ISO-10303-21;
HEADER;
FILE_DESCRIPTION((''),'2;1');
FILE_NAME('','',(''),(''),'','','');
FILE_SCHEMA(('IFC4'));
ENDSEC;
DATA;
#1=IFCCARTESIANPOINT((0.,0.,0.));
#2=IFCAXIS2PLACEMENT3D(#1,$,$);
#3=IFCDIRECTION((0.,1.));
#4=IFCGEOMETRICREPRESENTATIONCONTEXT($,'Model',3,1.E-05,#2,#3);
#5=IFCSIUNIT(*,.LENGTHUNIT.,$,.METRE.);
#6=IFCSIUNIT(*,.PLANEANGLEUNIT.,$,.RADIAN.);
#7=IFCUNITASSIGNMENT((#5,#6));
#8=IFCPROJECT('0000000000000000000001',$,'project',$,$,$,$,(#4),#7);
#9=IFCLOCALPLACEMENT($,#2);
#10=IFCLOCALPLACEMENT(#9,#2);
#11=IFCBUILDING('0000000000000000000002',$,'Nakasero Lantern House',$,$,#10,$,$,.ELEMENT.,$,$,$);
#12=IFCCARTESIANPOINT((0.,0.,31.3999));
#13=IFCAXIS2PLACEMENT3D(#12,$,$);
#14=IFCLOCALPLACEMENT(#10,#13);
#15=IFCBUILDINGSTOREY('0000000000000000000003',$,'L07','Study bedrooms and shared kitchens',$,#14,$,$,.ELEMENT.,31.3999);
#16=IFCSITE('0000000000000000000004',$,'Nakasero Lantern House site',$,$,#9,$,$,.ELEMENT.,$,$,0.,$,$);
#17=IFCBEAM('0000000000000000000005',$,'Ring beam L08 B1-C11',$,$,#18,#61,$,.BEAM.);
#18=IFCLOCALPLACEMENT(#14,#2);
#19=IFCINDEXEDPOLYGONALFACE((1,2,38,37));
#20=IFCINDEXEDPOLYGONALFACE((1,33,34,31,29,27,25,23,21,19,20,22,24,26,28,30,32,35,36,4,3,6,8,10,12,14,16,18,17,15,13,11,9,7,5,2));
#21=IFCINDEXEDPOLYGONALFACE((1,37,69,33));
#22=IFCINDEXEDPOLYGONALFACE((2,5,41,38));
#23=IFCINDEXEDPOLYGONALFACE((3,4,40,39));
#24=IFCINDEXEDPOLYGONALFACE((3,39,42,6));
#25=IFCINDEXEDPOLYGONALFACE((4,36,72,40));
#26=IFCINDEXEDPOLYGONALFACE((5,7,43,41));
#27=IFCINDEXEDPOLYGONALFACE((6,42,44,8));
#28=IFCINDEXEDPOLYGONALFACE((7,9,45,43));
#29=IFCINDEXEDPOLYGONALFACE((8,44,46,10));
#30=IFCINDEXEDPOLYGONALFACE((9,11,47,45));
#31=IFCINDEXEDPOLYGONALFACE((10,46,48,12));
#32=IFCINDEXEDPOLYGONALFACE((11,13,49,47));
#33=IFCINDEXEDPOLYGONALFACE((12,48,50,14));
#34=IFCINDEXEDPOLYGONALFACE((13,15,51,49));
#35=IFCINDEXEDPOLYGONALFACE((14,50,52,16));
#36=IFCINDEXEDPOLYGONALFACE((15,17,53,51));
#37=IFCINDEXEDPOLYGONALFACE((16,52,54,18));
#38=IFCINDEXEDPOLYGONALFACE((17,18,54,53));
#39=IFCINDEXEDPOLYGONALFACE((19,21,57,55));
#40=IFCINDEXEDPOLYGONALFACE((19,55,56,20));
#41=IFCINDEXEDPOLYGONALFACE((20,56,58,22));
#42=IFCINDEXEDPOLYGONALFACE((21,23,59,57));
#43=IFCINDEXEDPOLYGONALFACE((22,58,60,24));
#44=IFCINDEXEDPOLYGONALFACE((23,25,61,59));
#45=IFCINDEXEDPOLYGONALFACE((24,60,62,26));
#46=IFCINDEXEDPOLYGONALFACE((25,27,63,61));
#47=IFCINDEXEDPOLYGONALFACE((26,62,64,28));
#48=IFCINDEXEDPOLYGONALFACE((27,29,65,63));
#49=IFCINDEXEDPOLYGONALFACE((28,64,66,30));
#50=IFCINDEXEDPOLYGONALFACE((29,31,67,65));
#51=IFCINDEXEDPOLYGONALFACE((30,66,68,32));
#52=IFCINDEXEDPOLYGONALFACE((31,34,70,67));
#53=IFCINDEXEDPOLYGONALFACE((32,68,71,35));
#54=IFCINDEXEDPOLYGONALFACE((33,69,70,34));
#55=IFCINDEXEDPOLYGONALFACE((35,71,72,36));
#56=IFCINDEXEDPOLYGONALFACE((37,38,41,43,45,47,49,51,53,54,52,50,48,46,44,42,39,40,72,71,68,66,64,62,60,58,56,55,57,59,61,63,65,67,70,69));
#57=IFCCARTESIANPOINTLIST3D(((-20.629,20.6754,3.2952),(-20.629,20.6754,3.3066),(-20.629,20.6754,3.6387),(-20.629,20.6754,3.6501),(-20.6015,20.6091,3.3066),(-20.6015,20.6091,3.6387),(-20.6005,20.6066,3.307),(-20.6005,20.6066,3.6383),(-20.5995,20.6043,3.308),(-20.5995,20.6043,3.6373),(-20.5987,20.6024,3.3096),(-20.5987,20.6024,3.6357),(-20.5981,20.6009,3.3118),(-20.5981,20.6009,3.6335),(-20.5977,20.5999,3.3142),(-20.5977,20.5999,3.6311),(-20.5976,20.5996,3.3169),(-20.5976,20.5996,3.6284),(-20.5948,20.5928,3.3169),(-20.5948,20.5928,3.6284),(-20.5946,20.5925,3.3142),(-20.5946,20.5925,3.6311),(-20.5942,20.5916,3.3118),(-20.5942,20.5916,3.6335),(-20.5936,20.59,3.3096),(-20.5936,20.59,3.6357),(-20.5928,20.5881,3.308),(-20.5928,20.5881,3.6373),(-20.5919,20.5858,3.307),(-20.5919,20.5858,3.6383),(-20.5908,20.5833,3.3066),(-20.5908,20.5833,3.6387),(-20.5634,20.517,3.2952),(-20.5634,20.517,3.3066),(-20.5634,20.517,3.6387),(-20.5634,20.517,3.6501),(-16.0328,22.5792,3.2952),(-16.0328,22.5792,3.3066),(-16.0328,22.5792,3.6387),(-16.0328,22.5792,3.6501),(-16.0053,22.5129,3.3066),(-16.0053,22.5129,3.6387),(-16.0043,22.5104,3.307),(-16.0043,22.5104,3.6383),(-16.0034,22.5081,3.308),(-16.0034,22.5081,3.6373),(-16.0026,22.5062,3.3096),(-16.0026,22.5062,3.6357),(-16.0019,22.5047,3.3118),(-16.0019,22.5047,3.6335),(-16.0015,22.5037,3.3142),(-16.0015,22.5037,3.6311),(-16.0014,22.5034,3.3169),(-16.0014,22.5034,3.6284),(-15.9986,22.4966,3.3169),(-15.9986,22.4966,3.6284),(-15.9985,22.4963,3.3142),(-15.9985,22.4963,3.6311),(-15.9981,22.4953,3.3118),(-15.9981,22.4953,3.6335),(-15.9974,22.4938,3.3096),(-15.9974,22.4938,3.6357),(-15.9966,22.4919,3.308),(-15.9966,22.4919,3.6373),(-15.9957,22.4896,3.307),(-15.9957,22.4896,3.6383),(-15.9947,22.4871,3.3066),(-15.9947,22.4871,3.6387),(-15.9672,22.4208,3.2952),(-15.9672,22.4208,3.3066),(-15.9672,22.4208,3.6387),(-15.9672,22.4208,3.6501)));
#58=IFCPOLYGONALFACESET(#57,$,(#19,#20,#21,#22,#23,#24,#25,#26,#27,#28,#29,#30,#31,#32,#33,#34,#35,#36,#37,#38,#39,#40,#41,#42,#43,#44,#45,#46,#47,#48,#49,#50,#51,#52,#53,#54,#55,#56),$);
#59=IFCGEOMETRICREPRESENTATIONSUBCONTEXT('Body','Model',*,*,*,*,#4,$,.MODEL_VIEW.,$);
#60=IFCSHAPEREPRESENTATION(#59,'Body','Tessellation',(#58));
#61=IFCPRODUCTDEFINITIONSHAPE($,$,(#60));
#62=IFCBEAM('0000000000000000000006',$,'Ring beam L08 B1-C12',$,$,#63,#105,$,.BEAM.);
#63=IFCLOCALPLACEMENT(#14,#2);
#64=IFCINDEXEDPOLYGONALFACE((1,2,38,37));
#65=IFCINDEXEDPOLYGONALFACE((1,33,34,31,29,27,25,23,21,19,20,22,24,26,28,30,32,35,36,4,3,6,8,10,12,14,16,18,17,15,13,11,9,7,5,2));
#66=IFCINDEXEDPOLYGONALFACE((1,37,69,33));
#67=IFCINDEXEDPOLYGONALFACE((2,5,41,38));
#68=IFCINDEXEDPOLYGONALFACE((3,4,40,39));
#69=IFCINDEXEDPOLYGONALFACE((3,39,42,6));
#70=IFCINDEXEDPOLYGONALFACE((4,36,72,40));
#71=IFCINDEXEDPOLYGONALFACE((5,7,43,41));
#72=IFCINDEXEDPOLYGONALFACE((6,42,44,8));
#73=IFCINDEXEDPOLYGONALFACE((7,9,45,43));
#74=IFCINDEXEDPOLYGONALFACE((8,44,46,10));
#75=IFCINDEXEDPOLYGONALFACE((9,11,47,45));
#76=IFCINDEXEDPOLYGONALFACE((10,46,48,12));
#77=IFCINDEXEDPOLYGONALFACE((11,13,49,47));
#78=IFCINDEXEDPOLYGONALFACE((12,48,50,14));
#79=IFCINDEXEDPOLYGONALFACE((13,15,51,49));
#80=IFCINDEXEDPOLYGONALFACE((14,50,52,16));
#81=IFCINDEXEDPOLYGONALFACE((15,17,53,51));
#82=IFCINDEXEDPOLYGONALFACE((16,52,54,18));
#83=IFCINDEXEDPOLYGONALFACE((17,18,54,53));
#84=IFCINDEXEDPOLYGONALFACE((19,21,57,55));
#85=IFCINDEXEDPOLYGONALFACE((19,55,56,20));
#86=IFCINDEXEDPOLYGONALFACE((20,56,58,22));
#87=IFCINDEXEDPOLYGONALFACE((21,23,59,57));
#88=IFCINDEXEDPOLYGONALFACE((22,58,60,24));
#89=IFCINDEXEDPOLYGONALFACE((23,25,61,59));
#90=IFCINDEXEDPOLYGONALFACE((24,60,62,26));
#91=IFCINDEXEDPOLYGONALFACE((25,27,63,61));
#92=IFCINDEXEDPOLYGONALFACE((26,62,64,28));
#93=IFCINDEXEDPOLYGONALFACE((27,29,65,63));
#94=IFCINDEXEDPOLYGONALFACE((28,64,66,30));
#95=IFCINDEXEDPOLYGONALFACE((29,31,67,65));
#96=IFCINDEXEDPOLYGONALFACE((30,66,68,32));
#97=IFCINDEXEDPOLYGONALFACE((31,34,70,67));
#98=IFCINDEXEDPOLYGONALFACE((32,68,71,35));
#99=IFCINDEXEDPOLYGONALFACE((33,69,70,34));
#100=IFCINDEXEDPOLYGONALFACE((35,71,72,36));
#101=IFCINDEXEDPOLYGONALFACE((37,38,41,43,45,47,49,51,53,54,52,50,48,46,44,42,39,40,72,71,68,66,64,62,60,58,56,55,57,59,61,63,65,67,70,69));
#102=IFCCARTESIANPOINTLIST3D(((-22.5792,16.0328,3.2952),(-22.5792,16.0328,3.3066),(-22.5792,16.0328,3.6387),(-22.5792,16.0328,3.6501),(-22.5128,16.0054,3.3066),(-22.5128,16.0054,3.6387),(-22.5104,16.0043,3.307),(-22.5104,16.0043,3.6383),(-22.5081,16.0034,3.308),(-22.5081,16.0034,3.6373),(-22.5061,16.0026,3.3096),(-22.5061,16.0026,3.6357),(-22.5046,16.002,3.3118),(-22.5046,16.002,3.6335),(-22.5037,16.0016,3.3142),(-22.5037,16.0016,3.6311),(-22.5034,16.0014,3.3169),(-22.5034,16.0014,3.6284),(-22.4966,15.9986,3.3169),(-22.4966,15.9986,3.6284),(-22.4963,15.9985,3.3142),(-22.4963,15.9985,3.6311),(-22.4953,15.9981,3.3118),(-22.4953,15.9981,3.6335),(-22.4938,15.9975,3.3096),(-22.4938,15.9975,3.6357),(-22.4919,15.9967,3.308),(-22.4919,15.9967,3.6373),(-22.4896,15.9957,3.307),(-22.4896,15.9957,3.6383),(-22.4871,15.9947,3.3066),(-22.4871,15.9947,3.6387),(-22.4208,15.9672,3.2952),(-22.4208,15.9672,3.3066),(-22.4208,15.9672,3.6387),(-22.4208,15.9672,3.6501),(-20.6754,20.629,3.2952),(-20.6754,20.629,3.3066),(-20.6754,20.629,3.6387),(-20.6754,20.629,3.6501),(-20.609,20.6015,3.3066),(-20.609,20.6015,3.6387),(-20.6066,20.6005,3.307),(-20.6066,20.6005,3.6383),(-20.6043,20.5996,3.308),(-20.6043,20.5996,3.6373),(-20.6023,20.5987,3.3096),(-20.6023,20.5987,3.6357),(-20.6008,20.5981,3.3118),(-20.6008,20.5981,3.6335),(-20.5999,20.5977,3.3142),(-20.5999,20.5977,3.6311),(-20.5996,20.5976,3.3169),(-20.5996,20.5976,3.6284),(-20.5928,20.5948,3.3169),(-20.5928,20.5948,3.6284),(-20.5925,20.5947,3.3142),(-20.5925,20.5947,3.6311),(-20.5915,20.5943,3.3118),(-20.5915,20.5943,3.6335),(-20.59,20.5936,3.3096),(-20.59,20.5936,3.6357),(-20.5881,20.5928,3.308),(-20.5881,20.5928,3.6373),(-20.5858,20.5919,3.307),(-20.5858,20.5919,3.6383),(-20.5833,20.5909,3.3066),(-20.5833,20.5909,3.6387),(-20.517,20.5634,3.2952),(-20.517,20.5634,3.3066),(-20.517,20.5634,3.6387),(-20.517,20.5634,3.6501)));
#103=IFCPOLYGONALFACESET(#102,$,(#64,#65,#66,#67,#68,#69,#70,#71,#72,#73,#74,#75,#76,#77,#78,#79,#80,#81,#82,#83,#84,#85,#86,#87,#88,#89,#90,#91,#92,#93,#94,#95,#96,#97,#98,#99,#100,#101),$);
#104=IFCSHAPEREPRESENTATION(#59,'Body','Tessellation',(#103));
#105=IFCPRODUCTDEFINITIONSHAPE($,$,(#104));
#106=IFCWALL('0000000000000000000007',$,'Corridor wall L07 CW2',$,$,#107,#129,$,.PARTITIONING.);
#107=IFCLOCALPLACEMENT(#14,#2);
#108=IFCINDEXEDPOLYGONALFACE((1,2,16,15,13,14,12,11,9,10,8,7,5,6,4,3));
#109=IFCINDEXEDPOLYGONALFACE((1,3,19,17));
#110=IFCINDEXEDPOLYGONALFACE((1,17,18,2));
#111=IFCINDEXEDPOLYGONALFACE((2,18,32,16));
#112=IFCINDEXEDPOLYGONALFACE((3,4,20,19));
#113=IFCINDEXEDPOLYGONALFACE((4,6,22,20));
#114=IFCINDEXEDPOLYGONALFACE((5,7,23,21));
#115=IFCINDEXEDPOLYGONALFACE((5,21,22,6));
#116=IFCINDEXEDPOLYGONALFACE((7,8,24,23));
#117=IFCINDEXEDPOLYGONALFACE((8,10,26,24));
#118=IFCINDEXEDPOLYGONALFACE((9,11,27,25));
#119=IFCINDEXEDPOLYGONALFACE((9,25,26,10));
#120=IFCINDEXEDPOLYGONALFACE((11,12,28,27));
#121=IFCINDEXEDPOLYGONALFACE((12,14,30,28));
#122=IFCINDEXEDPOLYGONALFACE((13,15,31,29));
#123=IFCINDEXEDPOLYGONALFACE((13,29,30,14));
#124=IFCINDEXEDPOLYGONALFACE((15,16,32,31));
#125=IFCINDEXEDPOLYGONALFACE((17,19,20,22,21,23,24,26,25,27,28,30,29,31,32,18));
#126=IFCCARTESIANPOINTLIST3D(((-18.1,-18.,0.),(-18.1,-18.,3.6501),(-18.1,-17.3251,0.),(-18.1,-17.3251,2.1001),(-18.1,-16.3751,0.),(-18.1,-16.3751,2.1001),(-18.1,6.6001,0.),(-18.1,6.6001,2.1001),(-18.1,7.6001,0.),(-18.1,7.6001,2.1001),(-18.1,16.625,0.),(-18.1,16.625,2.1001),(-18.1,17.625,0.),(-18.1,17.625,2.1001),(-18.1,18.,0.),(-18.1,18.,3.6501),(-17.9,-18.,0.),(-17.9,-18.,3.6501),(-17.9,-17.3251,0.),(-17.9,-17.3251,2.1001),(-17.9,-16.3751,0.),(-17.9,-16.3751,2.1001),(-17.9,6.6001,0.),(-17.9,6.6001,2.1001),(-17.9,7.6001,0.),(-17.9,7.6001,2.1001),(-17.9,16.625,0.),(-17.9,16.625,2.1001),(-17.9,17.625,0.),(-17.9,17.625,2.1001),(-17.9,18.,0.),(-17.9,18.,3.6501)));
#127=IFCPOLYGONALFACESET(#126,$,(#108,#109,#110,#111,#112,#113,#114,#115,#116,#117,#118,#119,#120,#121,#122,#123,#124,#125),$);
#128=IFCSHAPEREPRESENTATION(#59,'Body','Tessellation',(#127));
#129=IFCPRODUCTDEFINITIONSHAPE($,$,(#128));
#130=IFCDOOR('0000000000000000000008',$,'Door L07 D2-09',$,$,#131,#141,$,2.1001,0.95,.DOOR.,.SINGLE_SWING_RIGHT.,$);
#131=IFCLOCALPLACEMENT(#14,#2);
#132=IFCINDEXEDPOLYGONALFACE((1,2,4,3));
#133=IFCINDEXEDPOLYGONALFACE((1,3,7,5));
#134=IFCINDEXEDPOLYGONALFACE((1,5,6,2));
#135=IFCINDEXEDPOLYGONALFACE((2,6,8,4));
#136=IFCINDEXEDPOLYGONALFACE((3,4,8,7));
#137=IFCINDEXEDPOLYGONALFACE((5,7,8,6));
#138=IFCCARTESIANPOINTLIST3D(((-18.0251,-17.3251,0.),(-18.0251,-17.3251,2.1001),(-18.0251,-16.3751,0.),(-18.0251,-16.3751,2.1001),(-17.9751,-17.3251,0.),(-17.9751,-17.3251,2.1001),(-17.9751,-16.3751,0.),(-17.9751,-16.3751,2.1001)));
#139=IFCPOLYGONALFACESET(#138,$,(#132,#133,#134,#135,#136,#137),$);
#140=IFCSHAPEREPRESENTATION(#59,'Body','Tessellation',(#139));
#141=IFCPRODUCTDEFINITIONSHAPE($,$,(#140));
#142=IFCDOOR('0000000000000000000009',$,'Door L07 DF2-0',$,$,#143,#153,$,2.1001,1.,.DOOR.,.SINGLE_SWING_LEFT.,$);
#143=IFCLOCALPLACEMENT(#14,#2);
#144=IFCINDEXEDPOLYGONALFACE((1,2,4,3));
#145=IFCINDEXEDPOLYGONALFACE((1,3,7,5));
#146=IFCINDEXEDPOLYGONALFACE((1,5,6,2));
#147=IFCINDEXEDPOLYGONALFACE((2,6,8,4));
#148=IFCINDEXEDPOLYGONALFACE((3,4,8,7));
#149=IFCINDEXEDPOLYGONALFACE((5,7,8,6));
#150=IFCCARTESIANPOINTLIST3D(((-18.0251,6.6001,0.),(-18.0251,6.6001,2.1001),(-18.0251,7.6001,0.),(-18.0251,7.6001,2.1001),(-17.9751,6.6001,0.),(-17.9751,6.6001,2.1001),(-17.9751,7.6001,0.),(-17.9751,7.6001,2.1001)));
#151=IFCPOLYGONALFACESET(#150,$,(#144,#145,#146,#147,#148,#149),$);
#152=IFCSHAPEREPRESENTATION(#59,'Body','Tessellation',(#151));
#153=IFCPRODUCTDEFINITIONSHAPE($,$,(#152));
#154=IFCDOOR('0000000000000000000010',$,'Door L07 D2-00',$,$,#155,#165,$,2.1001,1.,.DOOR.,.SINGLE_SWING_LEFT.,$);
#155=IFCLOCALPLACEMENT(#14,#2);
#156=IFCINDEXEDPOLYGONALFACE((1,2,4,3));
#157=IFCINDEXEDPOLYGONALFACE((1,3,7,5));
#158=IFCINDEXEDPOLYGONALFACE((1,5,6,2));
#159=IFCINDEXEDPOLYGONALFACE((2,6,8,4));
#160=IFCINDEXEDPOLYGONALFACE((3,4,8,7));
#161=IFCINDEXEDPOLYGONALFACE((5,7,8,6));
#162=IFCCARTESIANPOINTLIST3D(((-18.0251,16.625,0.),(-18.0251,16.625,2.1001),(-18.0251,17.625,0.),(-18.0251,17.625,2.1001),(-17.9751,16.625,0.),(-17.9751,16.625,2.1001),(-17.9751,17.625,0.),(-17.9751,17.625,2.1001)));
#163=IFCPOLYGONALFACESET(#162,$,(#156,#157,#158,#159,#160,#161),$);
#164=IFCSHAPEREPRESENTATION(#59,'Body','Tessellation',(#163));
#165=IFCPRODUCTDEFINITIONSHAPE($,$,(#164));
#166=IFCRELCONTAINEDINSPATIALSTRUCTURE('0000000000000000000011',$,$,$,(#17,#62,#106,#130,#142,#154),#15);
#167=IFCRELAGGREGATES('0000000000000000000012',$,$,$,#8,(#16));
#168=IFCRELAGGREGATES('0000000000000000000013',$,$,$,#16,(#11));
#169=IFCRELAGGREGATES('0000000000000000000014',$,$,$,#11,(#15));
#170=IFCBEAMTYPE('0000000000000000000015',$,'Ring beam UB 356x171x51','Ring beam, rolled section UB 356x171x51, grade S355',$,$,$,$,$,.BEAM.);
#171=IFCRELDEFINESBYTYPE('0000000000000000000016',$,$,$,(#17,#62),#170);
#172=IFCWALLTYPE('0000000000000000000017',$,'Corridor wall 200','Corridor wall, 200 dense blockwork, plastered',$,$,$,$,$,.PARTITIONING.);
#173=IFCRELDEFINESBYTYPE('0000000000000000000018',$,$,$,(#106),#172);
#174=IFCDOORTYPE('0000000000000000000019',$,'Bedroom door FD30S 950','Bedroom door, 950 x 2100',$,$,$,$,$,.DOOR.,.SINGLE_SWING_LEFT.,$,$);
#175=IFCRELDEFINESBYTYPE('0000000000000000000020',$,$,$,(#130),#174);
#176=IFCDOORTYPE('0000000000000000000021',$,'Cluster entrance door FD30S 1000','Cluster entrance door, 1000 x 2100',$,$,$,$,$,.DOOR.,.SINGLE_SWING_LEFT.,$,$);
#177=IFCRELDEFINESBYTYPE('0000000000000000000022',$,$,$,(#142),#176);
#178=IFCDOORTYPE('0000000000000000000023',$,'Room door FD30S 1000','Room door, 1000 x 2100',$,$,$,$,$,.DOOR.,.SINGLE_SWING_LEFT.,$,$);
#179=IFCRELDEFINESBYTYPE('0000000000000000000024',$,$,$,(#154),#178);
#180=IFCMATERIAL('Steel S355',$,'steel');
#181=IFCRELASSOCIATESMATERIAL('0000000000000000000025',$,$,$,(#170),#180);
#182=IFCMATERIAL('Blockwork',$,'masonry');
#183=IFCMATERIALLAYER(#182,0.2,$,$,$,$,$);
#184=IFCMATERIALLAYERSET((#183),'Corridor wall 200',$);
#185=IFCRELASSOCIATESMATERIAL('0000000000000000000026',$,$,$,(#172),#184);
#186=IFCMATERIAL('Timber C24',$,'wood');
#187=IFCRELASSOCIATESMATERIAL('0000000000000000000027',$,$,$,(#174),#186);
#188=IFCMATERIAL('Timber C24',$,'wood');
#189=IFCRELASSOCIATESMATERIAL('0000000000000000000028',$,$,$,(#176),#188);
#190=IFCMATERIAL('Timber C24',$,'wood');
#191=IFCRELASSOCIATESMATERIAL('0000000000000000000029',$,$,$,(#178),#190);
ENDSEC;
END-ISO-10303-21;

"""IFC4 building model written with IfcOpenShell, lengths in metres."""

from ifc_helpers import new_model, si_unit, direction, frame, frame_2d, origin, origin_2d, place, context, subcontext, project, spatial, rectangle, i_section, extrude, material, layer, layer_set, material_profile, profile_set, type_object, element, fill, save


model = new_model("IFC4")

# Units and contexts
model_context = context("Model", 3, precision=1e-05, world=origin(), true_north=direction((0.0, 1.0)))
body_context = subcontext(model_context, "Body", "Model", "MODEL_VIEW")
ifc_project = project(units=[si_unit("LENGTHUNIT", "METRE"), si_unit("PLANEANGLEUNIT", "RADIAN")], contexts=[model_context])

# Site, building, storey
site_placement = place(None, origin())
site = spatial("IfcSite", under=ifc_project, at=site_placement, Name="Nakasero Lantern House site", CompositionType="ELEMENT", RefElevation=0.0)
building_placement = place(site_placement, origin())
building = spatial("IfcBuilding", under=site, at=building_placement, Name="Nakasero Lantern House", CompositionType="ELEMENT")
storey_placement = place(building_placement, frame((0.0, 0.0, 31.3999)))
storey = spatial("IfcBuildingStorey", under=building, at=storey_placement, Name="L07", Description="Study bedrooms and shared kitchens", CompositionType="ELEMENT", Elevation=31.3999)

# Beams
ifc_material_1 = material(Name="Steel S355", Category="steel")
ifc_material_profile_1 = material_profile(ifc_material_1, i_section(OverallWidth=0.1714, OverallDepth=0.355, WebThickness=0.0073, FlangeThickness=0.0115, FilletRadius=0.0103, at=origin_2d()), Name="UB 356x171x51")
ifc_profile_set_1 = profile_set([ifc_material_profile_1], Name="Steel S355")
beam_type_1 = type_object("IfcBeamType", Name="Ring beam UB 356x171x51", Description="Ring beam, rolled section UB 356x171x51, grade S355", PredefinedType="BEAM", material=ifc_profile_set_1)
for number, where, z_axis, x_axis, name in (
    (1, (-16.0, 22.5, 3.4727), (-0.923879, -0.382684, 0.0), (0.382684, -0.923879, 0.0), "Ring beam L08 B1-C11"),
    (2, (-20.5962, 20.5962, 3.4727), (-0.382684, -0.923879, 0.0), (0.923879, -0.382684, 0.0), "Ring beam L08 B1-C12"),
):
    element("IfcBeam", number, at=place(storey_placement, frame(where, z_axis=z_axis, x_axis=x_axis)), inside=storey, type_object=beam_type_1, Name=name, PredefinedType="BEAM", context=body_context, shape_type="SweptSolid", body=[
        extrude(i_section(OverallWidth=0.1714, OverallDepth=0.355, WebThickness=0.0073, FlangeThickness=0.0115, FilletRadius=0.0103, at=origin_2d()), origin(), (0.0, 0.0, 1.0), 4.9749),
    ])

# Wall, openings, doors
ifc_material_2 = material(Name="Blockwork", Category="masonry")
ifc_layer_1 = layer(ifc_material_2, 0.2)
ifc_layer_set_1 = layer_set([ifc_layer_1], Name="Corridor wall 200")
wall_type_1 = type_object("IfcWallType", Name="Corridor wall 200", Description="Corridor wall, 200 dense blockwork, plastered", PredefinedType="PARTITIONING", material=ifc_layer_set_1)
wall_1_placement = place(storey_placement, frame((-18.0, 18.0, 0.0), z_axis=(0.0, 0.0, 1.0), x_axis=(0.0, -1.0, 0.0)))
wall_1 = element("IfcWall", 3, at=wall_1_placement, inside=storey, type_object=wall_type_1, Name="Corridor wall L07 CW2", PredefinedType="PARTITIONING", context=body_context, shape_type="SweptSolid", body=[
    extrude(rectangle(XDim=36.0, YDim=0.2, at=frame_2d((18.0, 0.0))), origin(), (0.0, 0.0, 1.0), 3.6501),
])
opening_1_placement = place(wall_1_placement, frame((10.3999, 0.0, 0.0)))
opening_1 = element("IfcOpeningElement", 4, at=opening_1_placement, cuts=wall_1, PredefinedType="OPENING", context=body_context, shape_type="SweptSolid", body=[
    extrude(rectangle(XDim=1.0, YDim=2.1001, at=frame_2d((0.5, 1.05))), frame((0.0, 0.1199, 0.0), z_axis=(0.0, -1.0, 0.0), x_axis=(1.0, 0.0, 0.0)), (0.0, 0.0, 1.0), 0.24),
])
opening_2_placement = place(wall_1_placement, frame((0.375, 0.0, 0.0)))
opening_2 = element("IfcOpeningElement", 5, at=opening_2_placement, cuts=wall_1, PredefinedType="OPENING", context=body_context, shape_type="SweptSolid", body=[
    extrude(rectangle(XDim=1.0, YDim=2.1001, at=frame_2d((0.5, 1.05))), frame((0.0, 0.1199, 0.0), z_axis=(0.0, -1.0, 0.0), x_axis=(1.0, 0.0, 0.0)), (0.0, 0.0, 1.0), 0.24),
])
opening_3_placement = place(wall_1_placement, frame((34.375, 0.0, 0.0)))
opening_3 = element("IfcOpeningElement", 6, at=opening_3_placement, cuts=wall_1, PredefinedType="OPENING", context=body_context, shape_type="SweptSolid", body=[
    extrude(rectangle(XDim=0.95, YDim=2.1001, at=frame_2d((0.4751, 1.05))), frame((0.0, 0.1199, 0.0), z_axis=(0.0, -1.0, 0.0), x_axis=(1.0, 0.0, 0.0)), (0.0, 0.0, 1.0), 0.24),
])
ifc_material_3 = material(Name="Timber C24", Category="wood")
door_type_1 = type_object("IfcDoorType", Name="Bedroom door FD30S 950", Description="Bedroom door, 950 x 2100", OperationType="SINGLE_SWING_LEFT", PredefinedType="DOOR", material=ifc_material_3)
door_1_placement = place(opening_3_placement, origin())
door_1 = element("IfcDoor", 7, at=door_1_placement, inside=storey, type_object=door_type_1, Name="Door L07 D2-09", OperationType="SINGLE_SWING_RIGHT", OverallHeight=2.1001, OverallWidth=0.95, PredefinedType="DOOR", context=body_context, shape_type="SweptSolid", body=[
    extrude(rectangle(XDim=0.95, YDim=2.1001, at=frame_2d((0.4751, 1.05))), frame((0.0, 0.0249, 0.0), z_axis=(0.0, -1.0, 0.0), x_axis=(1.0, 0.0, 0.0)), (0.0, 0.0, 1.0), 0.05),
])
fill(opening_3, door_1)
ifc_material_4 = material(Name="Timber C24", Category="wood")
door_type_2 = type_object("IfcDoorType", Name="Cluster entrance door FD30S 1000", Description="Cluster entrance door, 1000 x 2100", OperationType="SINGLE_SWING_LEFT", PredefinedType="DOOR", material=ifc_material_4)
door_2_placement = place(opening_1_placement, origin())
door_2 = element("IfcDoor", 8, at=door_2_placement, inside=storey, type_object=door_type_2, Name="Door L07 DF2-0", OperationType="SINGLE_SWING_LEFT", OverallHeight=2.1001, OverallWidth=1.0, PredefinedType="DOOR", context=body_context, shape_type="SweptSolid", body=[
    extrude(rectangle(XDim=1.0, YDim=2.1001, at=frame_2d((0.5, 1.05))), frame((0.0, 0.0249, 0.0), z_axis=(0.0, -1.0, 0.0), x_axis=(1.0, 0.0, 0.0)), (0.0, 0.0, 1.0), 0.05),
])
fill(opening_1, door_2)
ifc_material_5 = material(Name="Timber C24", Category="wood")
door_type_3 = type_object("IfcDoorType", Name="Room door FD30S 1000", Description="Room door, 1000 x 2100", OperationType="SINGLE_SWING_LEFT", PredefinedType="DOOR", material=ifc_material_5)
door_3_placement = place(opening_2_placement, origin())
door_3 = element("IfcDoor", 9, at=door_3_placement, inside=storey, type_object=door_type_3, Name="Door L07 D2-00", OperationType="SINGLE_SWING_LEFT", OverallHeight=2.1001, OverallWidth=1.0, PredefinedType="DOOR", context=body_context, shape_type="SweptSolid", body=[
    extrude(rectangle(XDim=1.0, YDim=2.1001, at=frame_2d((0.5, 1.05))), frame((0.0, 0.0249, 0.0), z_axis=(0.0, -1.0, 0.0), x_axis=(1.0, 0.0, 0.0)), (0.0, 0.0, 1.0), 0.05),
])
fill(opening_2, door_3)

save(model, "model.ifc")
